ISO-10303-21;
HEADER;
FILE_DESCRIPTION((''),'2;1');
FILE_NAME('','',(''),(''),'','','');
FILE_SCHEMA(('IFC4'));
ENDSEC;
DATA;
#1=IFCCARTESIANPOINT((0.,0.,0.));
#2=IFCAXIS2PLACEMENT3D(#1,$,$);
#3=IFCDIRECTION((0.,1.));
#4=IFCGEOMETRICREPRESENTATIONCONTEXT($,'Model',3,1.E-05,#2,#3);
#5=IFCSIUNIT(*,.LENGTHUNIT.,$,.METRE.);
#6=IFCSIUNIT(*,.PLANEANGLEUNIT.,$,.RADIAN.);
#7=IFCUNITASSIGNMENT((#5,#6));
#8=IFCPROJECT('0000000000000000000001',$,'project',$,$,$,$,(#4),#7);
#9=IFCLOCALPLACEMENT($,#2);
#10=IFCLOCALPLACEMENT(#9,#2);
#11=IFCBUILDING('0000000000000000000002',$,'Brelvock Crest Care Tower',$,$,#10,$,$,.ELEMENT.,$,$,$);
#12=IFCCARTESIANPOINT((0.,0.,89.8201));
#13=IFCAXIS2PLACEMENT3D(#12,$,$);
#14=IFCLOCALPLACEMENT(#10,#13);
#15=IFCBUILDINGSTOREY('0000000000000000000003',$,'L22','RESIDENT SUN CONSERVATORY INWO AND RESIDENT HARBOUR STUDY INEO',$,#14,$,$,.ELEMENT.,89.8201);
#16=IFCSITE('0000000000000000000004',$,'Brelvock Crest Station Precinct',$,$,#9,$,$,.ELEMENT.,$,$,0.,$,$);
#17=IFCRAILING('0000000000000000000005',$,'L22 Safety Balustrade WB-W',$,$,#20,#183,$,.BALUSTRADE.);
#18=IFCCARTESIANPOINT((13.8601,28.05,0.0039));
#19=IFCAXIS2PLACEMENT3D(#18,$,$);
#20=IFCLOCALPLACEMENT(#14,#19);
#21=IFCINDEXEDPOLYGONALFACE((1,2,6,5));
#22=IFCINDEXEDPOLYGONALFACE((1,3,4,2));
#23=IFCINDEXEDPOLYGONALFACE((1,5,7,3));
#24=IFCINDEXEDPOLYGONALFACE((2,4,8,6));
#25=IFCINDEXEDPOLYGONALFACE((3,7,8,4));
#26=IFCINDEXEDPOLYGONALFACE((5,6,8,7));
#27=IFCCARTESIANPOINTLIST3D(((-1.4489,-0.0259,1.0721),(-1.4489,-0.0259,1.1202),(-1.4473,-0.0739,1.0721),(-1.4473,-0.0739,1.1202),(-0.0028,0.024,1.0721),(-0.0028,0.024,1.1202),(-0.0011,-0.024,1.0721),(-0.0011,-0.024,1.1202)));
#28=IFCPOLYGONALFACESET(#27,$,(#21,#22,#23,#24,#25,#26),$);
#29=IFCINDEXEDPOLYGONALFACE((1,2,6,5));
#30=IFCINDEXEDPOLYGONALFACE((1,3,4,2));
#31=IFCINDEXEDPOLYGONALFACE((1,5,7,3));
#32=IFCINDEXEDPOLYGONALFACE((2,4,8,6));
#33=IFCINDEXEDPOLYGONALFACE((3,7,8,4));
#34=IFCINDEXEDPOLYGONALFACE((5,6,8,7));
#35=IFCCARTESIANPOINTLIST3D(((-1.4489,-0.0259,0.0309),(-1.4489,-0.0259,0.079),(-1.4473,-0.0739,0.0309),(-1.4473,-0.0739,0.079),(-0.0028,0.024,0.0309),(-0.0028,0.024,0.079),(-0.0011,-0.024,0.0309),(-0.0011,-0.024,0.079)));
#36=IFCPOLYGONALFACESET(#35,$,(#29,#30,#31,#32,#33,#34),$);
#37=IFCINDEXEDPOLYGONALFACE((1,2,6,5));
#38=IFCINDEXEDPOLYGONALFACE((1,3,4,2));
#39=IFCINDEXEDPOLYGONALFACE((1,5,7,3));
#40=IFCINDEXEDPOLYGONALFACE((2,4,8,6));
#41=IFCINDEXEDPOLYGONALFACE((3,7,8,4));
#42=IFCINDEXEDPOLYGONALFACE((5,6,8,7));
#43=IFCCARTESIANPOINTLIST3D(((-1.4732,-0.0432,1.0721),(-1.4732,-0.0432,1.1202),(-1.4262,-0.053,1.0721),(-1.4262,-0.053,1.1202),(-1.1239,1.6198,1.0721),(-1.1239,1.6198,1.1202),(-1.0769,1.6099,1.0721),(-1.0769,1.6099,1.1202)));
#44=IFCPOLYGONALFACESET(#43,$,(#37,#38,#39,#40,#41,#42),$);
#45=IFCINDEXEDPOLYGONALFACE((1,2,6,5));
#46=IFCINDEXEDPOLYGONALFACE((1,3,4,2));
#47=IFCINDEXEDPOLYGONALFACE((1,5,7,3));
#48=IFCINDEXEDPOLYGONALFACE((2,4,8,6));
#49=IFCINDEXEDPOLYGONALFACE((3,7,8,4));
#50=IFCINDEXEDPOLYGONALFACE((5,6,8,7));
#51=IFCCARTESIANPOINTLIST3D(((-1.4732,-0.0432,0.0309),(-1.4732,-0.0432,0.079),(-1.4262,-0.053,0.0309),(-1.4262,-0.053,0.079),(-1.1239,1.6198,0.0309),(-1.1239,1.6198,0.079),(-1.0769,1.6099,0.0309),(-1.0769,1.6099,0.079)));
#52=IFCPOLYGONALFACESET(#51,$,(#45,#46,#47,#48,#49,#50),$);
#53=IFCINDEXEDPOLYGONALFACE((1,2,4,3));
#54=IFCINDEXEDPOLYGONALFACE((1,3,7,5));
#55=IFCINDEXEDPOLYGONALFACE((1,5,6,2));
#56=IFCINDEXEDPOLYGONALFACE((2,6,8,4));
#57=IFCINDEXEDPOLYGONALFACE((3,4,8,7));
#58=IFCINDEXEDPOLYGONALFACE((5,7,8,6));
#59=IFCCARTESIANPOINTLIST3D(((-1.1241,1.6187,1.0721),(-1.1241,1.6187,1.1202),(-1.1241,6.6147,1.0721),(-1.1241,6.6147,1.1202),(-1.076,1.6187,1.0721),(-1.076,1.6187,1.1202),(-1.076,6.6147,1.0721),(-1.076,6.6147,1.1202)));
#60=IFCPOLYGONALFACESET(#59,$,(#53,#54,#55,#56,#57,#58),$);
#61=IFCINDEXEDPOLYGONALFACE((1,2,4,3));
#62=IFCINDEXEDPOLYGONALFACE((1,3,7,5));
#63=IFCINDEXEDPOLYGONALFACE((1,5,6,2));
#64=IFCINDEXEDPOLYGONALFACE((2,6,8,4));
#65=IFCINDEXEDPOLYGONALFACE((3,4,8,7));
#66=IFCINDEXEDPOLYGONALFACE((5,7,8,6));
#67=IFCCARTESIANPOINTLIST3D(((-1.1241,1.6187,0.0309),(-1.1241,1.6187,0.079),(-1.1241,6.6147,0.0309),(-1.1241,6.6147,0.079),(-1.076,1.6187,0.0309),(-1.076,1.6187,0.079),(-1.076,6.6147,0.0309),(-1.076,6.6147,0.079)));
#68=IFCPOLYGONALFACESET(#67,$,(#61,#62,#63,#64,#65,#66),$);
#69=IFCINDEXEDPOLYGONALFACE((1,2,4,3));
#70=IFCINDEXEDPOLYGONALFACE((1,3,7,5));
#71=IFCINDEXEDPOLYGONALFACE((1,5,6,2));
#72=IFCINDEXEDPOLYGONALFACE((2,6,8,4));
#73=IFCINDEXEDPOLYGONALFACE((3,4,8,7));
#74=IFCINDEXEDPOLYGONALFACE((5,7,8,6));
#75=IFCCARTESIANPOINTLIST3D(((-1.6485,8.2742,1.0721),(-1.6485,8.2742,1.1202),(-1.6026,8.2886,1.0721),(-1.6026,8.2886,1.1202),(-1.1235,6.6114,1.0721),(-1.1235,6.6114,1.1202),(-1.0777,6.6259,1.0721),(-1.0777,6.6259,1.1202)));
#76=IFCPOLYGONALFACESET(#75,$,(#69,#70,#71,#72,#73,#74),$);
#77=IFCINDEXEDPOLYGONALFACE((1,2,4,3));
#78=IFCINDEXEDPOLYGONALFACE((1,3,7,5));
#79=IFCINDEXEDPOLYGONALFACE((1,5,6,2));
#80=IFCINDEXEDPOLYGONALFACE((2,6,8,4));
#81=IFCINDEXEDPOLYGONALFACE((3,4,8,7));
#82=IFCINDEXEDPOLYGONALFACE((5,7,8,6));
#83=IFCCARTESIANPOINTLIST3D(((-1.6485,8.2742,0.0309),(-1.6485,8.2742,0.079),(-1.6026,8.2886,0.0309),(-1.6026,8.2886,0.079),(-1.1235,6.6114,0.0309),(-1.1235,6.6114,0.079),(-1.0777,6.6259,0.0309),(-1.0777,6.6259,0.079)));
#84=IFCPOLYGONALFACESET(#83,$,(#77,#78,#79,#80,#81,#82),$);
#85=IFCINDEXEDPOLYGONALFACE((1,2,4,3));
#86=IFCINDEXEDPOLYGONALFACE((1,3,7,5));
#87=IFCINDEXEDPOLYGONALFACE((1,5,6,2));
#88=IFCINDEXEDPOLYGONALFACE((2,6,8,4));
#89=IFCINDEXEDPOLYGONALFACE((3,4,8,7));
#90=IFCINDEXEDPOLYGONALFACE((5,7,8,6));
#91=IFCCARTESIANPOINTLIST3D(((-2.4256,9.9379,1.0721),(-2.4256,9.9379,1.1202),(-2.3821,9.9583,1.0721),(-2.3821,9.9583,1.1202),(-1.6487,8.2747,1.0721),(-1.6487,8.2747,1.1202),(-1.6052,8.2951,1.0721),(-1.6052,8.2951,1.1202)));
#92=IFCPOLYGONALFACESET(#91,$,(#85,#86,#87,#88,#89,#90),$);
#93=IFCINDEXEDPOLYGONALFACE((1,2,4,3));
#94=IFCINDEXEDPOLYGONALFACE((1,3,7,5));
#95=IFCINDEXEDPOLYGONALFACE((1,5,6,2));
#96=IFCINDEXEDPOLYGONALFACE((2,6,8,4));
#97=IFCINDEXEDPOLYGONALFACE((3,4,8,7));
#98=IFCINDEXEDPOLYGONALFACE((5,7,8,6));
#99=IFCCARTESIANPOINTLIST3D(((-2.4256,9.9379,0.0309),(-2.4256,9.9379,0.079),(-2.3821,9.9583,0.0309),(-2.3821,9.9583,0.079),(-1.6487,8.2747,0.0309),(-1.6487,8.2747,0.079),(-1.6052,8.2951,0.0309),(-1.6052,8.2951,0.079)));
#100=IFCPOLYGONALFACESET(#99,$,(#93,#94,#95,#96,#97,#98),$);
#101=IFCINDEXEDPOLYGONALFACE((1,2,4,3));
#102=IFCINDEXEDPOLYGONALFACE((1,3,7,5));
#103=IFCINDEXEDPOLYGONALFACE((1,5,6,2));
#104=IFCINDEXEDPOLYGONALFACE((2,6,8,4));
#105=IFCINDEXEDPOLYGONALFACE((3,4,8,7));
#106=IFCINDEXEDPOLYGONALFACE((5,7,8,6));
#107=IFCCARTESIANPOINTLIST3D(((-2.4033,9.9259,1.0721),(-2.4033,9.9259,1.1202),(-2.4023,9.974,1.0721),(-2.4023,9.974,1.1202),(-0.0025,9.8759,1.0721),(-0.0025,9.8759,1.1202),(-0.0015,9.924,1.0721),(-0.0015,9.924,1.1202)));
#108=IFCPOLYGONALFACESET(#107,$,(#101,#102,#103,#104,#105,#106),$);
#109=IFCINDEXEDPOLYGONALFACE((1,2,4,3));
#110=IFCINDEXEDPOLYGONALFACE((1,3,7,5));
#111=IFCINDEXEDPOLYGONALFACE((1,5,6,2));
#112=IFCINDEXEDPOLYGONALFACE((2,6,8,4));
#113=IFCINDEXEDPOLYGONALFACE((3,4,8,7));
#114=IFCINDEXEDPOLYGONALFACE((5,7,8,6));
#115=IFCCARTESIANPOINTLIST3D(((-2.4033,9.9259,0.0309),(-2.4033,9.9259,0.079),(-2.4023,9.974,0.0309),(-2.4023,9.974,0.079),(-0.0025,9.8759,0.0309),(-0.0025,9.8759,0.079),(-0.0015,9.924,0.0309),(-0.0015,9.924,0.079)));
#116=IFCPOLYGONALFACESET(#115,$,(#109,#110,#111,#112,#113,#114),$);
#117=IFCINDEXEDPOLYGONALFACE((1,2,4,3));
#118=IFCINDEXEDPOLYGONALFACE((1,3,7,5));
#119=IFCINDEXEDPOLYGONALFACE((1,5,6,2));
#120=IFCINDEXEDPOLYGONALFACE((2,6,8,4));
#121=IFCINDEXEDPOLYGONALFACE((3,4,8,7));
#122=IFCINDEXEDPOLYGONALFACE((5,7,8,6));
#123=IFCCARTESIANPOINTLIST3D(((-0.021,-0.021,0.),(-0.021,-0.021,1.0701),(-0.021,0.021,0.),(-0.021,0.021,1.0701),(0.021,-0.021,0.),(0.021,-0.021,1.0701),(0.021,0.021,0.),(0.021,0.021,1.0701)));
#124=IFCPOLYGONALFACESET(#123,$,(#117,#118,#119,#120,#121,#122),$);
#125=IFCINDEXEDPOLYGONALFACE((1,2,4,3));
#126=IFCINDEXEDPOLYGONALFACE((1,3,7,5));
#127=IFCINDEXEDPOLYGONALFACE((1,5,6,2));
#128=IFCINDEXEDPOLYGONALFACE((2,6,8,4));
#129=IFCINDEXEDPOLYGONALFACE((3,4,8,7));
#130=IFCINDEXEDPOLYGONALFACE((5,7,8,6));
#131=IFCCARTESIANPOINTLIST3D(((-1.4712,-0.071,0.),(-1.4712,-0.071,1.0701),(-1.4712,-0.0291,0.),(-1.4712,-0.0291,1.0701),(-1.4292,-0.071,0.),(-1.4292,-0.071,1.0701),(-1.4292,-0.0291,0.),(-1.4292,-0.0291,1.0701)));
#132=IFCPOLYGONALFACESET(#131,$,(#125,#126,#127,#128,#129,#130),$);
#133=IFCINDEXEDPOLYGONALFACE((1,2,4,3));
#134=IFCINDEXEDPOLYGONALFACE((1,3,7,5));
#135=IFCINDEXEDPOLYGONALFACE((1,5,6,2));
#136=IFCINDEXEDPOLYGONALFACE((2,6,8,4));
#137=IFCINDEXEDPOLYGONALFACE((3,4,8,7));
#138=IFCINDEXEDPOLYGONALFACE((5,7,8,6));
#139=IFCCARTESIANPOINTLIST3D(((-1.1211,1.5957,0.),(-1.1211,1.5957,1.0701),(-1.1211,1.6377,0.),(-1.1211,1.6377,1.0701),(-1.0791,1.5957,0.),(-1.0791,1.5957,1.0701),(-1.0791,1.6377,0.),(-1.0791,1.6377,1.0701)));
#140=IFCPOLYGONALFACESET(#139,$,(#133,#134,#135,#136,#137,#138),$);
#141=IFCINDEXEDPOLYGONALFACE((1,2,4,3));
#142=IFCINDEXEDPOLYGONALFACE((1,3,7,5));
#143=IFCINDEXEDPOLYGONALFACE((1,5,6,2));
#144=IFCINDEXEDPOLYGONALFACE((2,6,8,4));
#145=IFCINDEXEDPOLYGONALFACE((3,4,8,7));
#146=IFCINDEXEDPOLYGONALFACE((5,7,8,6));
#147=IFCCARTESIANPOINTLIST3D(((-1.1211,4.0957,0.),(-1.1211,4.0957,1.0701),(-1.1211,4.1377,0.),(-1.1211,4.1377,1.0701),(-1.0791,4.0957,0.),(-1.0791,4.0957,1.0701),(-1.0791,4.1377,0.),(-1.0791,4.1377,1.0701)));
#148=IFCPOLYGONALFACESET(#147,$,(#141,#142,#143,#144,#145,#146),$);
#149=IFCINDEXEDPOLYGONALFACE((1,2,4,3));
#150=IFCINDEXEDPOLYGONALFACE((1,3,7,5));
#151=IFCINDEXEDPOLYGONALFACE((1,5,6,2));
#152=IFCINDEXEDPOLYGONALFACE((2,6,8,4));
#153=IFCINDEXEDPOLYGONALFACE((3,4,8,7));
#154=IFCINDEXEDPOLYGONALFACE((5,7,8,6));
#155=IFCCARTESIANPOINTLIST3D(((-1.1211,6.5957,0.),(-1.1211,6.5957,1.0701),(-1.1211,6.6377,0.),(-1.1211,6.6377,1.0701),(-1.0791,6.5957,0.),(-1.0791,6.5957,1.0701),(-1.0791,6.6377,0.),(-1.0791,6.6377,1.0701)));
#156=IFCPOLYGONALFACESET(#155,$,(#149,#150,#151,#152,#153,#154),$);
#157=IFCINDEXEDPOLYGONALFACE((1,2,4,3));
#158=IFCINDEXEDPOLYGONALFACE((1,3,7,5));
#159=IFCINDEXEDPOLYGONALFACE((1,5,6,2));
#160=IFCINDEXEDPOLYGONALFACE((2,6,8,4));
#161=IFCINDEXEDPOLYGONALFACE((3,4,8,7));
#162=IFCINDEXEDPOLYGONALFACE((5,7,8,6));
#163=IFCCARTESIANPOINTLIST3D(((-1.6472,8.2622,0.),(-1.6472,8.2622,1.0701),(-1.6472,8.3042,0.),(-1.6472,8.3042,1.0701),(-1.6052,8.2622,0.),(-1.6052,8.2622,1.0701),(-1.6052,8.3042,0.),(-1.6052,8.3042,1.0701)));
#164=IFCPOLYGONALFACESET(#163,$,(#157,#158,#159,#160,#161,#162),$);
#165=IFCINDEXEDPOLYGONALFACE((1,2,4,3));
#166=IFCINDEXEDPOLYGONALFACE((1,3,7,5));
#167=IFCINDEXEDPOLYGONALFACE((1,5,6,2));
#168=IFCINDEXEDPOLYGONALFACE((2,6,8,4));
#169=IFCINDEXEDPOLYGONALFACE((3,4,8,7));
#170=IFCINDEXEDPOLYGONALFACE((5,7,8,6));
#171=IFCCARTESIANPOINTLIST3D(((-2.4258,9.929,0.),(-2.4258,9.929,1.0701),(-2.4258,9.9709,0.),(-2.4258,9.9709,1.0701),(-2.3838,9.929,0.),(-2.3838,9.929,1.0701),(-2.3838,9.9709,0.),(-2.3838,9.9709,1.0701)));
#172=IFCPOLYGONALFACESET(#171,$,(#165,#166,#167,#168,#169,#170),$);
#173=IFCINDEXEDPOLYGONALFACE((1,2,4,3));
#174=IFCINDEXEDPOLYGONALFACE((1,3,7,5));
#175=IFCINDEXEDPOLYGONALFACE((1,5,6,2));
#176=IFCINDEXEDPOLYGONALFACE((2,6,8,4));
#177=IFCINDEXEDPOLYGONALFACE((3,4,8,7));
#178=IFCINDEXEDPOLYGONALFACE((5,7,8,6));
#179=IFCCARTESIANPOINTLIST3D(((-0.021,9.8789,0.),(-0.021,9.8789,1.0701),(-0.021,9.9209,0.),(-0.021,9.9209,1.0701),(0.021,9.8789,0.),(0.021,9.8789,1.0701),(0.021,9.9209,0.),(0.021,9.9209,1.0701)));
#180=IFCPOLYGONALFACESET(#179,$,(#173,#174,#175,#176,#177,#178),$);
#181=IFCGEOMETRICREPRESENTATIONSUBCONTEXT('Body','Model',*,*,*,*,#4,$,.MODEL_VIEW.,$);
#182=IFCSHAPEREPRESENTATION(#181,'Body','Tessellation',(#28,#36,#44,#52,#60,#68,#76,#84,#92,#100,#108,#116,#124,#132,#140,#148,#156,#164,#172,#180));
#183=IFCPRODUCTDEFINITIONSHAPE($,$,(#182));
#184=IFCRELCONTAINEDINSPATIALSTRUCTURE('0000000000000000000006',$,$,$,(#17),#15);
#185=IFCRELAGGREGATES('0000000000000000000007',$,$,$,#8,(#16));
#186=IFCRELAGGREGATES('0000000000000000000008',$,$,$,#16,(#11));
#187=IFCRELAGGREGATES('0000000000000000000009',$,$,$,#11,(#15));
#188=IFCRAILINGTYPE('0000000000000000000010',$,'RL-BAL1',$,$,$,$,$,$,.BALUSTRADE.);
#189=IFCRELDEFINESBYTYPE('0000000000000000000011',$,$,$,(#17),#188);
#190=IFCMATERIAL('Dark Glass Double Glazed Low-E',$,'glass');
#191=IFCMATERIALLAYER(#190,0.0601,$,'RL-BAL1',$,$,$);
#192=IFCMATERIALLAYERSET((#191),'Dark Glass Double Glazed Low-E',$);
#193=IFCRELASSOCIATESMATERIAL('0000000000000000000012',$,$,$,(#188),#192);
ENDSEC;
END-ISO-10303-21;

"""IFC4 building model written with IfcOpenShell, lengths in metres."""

from ifc_helpers import new_model, si_unit, direction, frame, origin, origin_2d, place, context, subcontext, project, spatial, rectangle, extrude, material, layer, layer_set, type_object, element, save


model = new_model("IFC4")

# Units and contexts
model_context = context("Model", 3, precision=1e-05, world=origin(), true_north=direction((0.0, 1.0)))
body_context = subcontext(model_context, "Body", "Model", "MODEL_VIEW")
ifc_project = project(units=[si_unit("LENGTHUNIT", "METRE"), si_unit("PLANEANGLEUNIT", "RADIAN")], contexts=[model_context])

# Site, building, storey
site_placement = place(None, origin())
site = spatial("IfcSite", under=ifc_project, at=site_placement, Name="Brelvock Crest Station Precinct", CompositionType="ELEMENT", RefElevation=0.0)
building_placement = place(site_placement, origin())
building = spatial("IfcBuilding", under=site, at=building_placement, Name="Brelvock Crest Care Tower", CompositionType="ELEMENT")
storey_placement = place(building_placement, frame((0.0, 0.0, 89.8201)))
storey = spatial("IfcBuildingStorey", under=building, at=storey_placement, Name="L22", Description="RESIDENT SUN CONSERVATORY INWO AND RESIDENT HARBOUR STUDY INEO", CompositionType="ELEMENT", Elevation=89.8201)

# Shared definitions
ifc_material_1 = material(Name="Dark Glass Double Glazed Low-E", Category="glass")

# Railing
ifc_layer_1 = layer(ifc_material_1, 0.0601, Name="RL-BAL1")
ifc_layer_set_1 = layer_set([ifc_layer_1], Name="Dark Glass Double Glazed Low-E")
railing_type = type_object("IfcRailingType", Name="RL-BAL1", PredefinedType="BALUSTRADE", material=ifc_layer_set_1)
railing_placement = place(storey_placement, frame((13.8601, 28.05, 0.0039)))
element("IfcRailing", 1, at=railing_placement, inside=storey, type_object=railing_type, Name="L22 Safety Balustrade WB-W", PredefinedType="BALUSTRADE", context=body_context, shape_type="SweptSolid", body=[
    extrude(rectangle(XDim=0.0481, YDim=0.0481, at=origin_2d()), frame((-0.002, 0.0, 1.0962), z_axis=(-0.999405, -0.034491, 0.0), x_axis=(0.034491, -0.999405, 0.0)), (0.0, 0.0, 1.0), 1.447),
    extrude(rectangle(XDim=0.0481, YDim=0.0481, at=origin_2d()), frame((-0.002, 0.0, 0.0549), z_axis=(-0.999405, -0.034491, 0.0), x_axis=(0.034491, -0.999405, 0.0)), (0.0, 0.0, 1.0), 1.447),
    extrude(rectangle(XDim=0.0481, YDim=0.0481, at=origin_2d()), frame((-1.4497, -0.0481, 1.0962), z_axis=(0.205563, 0.978644, 0.0), x_axis=(-0.978644, 0.205563, 0.0)), (0.0, 0.0, 1.0), 1.6992),
    extrude(rectangle(XDim=0.0481, YDim=0.0481, at=origin_2d()), frame((-1.4497, -0.0481, 0.0549), z_axis=(0.205563, 0.978644, 0.0), x_axis=(-0.978644, 0.205563, 0.0)), (0.0, 0.0, 1.0), 1.6992),
    extrude(rectangle(XDim=0.0481, YDim=0.0481, at=origin_2d()), frame((-1.1001, 1.6187, 1.0962), z_axis=(0.0, 1.0, 0.0), x_axis=(-1.0, 0.0, 0.0)), (0.0, 0.0, 1.0), 4.9961),
    extrude(rectangle(XDim=0.0481, YDim=0.0481, at=origin_2d()), frame((-1.1001, 1.6187, 0.0549), z_axis=(0.0, 1.0, 0.0), x_axis=(-1.0, 0.0, 0.0)), (0.0, 0.0, 1.0), 4.9961),
    extrude(rectangle(XDim=0.0481, YDim=0.0481, at=origin_2d()), frame((-1.1006, 6.6187, 1.0962), z_axis=(-0.301058, 0.953606, 0.0), x_axis=(-0.953606, -0.301058, 0.0)), (0.0, 0.0, 1.0), 1.7437),
    extrude(rectangle(XDim=0.0481, YDim=0.0481, at=origin_2d()), frame((-1.1006, 6.6187, 0.0549), z_axis=(-0.301058, 0.953606, 0.0), x_axis=(-0.953606, -0.301058, 0.0)), (0.0, 0.0, 1.0), 1.7437),
    extrude(rectangle(XDim=0.0481, YDim=0.0481, at=origin_2d()), frame((-1.627, 8.2849, 1.0962), z_axis=(-0.42322, 0.906027, 0.0), x_axis=(-0.906027, -0.42322, 0.0)), (0.0, 0.0, 1.0), 1.8357),
    extrude(rectangle(XDim=0.0481, YDim=0.0481, at=origin_2d()), frame((-1.627, 8.2849, 0.0549), z_axis=(-0.42322, 0.906027, 0.0), x_axis=(-0.906027, -0.42322, 0.0)), (0.0, 0.0, 1.0), 1.8357),
    extrude(rectangle(XDim=0.0481, YDim=0.0481, at=origin_2d()), frame((-2.4028, 9.95, 1.0962), z_axis=(0.999783, -0.020808, 0.0), x_axis=(0.020808, 0.999783, 0.0)), (0.0, 0.0, 1.0), 2.4014),
    extrude(rectangle(XDim=0.0481, YDim=0.0481, at=origin_2d()), frame((-2.4028, 9.95, 0.0549), z_axis=(0.999783, -0.020808, 0.0), x_axis=(0.020808, 0.999783, 0.0)), (0.0, 0.0, 1.0), 2.4014),
    extrude(rectangle(XDim=0.042, YDim=0.042, at=origin_2d()), origin(), (0.0, 0.0, 1.0), 1.0701),
    extrude(rectangle(XDim=0.042, YDim=0.042, at=origin_2d()), frame((-1.4502, -0.05, 0.0)), (0.0, 0.0, 1.0), 1.0701),
    extrude(rectangle(XDim=0.042, YDim=0.042, at=origin_2d()), frame((-1.1001, 1.6167, 0.0)), (0.0, 0.0, 1.0), 1.0701),
    extrude(rectangle(XDim=0.042, YDim=0.042, at=origin_2d()), frame((-1.1001, 4.1167, 0.0)), (0.0, 0.0, 1.0), 1.0701),
    extrude(rectangle(XDim=0.042, YDim=0.042, at=origin_2d()), frame((-1.1001, 6.6167, 0.0)), (0.0, 0.0, 1.0), 1.0701),
    extrude(rectangle(XDim=0.042, YDim=0.042, at=origin_2d()), frame((-1.6262, 8.2832, 0.0)), (0.0, 0.0, 1.0), 1.0701),
    extrude(rectangle(XDim=0.042, YDim=0.042, at=origin_2d()), frame((-2.4048, 9.95, 0.0)), (0.0, 0.0, 1.0), 1.0701),
    extrude(rectangle(XDim=0.042, YDim=0.042, at=origin_2d()), frame((0.0, 9.8999, 0.0)), (0.0, 0.0, 1.0), 1.0701),
])

save(model, "model.ifc")
